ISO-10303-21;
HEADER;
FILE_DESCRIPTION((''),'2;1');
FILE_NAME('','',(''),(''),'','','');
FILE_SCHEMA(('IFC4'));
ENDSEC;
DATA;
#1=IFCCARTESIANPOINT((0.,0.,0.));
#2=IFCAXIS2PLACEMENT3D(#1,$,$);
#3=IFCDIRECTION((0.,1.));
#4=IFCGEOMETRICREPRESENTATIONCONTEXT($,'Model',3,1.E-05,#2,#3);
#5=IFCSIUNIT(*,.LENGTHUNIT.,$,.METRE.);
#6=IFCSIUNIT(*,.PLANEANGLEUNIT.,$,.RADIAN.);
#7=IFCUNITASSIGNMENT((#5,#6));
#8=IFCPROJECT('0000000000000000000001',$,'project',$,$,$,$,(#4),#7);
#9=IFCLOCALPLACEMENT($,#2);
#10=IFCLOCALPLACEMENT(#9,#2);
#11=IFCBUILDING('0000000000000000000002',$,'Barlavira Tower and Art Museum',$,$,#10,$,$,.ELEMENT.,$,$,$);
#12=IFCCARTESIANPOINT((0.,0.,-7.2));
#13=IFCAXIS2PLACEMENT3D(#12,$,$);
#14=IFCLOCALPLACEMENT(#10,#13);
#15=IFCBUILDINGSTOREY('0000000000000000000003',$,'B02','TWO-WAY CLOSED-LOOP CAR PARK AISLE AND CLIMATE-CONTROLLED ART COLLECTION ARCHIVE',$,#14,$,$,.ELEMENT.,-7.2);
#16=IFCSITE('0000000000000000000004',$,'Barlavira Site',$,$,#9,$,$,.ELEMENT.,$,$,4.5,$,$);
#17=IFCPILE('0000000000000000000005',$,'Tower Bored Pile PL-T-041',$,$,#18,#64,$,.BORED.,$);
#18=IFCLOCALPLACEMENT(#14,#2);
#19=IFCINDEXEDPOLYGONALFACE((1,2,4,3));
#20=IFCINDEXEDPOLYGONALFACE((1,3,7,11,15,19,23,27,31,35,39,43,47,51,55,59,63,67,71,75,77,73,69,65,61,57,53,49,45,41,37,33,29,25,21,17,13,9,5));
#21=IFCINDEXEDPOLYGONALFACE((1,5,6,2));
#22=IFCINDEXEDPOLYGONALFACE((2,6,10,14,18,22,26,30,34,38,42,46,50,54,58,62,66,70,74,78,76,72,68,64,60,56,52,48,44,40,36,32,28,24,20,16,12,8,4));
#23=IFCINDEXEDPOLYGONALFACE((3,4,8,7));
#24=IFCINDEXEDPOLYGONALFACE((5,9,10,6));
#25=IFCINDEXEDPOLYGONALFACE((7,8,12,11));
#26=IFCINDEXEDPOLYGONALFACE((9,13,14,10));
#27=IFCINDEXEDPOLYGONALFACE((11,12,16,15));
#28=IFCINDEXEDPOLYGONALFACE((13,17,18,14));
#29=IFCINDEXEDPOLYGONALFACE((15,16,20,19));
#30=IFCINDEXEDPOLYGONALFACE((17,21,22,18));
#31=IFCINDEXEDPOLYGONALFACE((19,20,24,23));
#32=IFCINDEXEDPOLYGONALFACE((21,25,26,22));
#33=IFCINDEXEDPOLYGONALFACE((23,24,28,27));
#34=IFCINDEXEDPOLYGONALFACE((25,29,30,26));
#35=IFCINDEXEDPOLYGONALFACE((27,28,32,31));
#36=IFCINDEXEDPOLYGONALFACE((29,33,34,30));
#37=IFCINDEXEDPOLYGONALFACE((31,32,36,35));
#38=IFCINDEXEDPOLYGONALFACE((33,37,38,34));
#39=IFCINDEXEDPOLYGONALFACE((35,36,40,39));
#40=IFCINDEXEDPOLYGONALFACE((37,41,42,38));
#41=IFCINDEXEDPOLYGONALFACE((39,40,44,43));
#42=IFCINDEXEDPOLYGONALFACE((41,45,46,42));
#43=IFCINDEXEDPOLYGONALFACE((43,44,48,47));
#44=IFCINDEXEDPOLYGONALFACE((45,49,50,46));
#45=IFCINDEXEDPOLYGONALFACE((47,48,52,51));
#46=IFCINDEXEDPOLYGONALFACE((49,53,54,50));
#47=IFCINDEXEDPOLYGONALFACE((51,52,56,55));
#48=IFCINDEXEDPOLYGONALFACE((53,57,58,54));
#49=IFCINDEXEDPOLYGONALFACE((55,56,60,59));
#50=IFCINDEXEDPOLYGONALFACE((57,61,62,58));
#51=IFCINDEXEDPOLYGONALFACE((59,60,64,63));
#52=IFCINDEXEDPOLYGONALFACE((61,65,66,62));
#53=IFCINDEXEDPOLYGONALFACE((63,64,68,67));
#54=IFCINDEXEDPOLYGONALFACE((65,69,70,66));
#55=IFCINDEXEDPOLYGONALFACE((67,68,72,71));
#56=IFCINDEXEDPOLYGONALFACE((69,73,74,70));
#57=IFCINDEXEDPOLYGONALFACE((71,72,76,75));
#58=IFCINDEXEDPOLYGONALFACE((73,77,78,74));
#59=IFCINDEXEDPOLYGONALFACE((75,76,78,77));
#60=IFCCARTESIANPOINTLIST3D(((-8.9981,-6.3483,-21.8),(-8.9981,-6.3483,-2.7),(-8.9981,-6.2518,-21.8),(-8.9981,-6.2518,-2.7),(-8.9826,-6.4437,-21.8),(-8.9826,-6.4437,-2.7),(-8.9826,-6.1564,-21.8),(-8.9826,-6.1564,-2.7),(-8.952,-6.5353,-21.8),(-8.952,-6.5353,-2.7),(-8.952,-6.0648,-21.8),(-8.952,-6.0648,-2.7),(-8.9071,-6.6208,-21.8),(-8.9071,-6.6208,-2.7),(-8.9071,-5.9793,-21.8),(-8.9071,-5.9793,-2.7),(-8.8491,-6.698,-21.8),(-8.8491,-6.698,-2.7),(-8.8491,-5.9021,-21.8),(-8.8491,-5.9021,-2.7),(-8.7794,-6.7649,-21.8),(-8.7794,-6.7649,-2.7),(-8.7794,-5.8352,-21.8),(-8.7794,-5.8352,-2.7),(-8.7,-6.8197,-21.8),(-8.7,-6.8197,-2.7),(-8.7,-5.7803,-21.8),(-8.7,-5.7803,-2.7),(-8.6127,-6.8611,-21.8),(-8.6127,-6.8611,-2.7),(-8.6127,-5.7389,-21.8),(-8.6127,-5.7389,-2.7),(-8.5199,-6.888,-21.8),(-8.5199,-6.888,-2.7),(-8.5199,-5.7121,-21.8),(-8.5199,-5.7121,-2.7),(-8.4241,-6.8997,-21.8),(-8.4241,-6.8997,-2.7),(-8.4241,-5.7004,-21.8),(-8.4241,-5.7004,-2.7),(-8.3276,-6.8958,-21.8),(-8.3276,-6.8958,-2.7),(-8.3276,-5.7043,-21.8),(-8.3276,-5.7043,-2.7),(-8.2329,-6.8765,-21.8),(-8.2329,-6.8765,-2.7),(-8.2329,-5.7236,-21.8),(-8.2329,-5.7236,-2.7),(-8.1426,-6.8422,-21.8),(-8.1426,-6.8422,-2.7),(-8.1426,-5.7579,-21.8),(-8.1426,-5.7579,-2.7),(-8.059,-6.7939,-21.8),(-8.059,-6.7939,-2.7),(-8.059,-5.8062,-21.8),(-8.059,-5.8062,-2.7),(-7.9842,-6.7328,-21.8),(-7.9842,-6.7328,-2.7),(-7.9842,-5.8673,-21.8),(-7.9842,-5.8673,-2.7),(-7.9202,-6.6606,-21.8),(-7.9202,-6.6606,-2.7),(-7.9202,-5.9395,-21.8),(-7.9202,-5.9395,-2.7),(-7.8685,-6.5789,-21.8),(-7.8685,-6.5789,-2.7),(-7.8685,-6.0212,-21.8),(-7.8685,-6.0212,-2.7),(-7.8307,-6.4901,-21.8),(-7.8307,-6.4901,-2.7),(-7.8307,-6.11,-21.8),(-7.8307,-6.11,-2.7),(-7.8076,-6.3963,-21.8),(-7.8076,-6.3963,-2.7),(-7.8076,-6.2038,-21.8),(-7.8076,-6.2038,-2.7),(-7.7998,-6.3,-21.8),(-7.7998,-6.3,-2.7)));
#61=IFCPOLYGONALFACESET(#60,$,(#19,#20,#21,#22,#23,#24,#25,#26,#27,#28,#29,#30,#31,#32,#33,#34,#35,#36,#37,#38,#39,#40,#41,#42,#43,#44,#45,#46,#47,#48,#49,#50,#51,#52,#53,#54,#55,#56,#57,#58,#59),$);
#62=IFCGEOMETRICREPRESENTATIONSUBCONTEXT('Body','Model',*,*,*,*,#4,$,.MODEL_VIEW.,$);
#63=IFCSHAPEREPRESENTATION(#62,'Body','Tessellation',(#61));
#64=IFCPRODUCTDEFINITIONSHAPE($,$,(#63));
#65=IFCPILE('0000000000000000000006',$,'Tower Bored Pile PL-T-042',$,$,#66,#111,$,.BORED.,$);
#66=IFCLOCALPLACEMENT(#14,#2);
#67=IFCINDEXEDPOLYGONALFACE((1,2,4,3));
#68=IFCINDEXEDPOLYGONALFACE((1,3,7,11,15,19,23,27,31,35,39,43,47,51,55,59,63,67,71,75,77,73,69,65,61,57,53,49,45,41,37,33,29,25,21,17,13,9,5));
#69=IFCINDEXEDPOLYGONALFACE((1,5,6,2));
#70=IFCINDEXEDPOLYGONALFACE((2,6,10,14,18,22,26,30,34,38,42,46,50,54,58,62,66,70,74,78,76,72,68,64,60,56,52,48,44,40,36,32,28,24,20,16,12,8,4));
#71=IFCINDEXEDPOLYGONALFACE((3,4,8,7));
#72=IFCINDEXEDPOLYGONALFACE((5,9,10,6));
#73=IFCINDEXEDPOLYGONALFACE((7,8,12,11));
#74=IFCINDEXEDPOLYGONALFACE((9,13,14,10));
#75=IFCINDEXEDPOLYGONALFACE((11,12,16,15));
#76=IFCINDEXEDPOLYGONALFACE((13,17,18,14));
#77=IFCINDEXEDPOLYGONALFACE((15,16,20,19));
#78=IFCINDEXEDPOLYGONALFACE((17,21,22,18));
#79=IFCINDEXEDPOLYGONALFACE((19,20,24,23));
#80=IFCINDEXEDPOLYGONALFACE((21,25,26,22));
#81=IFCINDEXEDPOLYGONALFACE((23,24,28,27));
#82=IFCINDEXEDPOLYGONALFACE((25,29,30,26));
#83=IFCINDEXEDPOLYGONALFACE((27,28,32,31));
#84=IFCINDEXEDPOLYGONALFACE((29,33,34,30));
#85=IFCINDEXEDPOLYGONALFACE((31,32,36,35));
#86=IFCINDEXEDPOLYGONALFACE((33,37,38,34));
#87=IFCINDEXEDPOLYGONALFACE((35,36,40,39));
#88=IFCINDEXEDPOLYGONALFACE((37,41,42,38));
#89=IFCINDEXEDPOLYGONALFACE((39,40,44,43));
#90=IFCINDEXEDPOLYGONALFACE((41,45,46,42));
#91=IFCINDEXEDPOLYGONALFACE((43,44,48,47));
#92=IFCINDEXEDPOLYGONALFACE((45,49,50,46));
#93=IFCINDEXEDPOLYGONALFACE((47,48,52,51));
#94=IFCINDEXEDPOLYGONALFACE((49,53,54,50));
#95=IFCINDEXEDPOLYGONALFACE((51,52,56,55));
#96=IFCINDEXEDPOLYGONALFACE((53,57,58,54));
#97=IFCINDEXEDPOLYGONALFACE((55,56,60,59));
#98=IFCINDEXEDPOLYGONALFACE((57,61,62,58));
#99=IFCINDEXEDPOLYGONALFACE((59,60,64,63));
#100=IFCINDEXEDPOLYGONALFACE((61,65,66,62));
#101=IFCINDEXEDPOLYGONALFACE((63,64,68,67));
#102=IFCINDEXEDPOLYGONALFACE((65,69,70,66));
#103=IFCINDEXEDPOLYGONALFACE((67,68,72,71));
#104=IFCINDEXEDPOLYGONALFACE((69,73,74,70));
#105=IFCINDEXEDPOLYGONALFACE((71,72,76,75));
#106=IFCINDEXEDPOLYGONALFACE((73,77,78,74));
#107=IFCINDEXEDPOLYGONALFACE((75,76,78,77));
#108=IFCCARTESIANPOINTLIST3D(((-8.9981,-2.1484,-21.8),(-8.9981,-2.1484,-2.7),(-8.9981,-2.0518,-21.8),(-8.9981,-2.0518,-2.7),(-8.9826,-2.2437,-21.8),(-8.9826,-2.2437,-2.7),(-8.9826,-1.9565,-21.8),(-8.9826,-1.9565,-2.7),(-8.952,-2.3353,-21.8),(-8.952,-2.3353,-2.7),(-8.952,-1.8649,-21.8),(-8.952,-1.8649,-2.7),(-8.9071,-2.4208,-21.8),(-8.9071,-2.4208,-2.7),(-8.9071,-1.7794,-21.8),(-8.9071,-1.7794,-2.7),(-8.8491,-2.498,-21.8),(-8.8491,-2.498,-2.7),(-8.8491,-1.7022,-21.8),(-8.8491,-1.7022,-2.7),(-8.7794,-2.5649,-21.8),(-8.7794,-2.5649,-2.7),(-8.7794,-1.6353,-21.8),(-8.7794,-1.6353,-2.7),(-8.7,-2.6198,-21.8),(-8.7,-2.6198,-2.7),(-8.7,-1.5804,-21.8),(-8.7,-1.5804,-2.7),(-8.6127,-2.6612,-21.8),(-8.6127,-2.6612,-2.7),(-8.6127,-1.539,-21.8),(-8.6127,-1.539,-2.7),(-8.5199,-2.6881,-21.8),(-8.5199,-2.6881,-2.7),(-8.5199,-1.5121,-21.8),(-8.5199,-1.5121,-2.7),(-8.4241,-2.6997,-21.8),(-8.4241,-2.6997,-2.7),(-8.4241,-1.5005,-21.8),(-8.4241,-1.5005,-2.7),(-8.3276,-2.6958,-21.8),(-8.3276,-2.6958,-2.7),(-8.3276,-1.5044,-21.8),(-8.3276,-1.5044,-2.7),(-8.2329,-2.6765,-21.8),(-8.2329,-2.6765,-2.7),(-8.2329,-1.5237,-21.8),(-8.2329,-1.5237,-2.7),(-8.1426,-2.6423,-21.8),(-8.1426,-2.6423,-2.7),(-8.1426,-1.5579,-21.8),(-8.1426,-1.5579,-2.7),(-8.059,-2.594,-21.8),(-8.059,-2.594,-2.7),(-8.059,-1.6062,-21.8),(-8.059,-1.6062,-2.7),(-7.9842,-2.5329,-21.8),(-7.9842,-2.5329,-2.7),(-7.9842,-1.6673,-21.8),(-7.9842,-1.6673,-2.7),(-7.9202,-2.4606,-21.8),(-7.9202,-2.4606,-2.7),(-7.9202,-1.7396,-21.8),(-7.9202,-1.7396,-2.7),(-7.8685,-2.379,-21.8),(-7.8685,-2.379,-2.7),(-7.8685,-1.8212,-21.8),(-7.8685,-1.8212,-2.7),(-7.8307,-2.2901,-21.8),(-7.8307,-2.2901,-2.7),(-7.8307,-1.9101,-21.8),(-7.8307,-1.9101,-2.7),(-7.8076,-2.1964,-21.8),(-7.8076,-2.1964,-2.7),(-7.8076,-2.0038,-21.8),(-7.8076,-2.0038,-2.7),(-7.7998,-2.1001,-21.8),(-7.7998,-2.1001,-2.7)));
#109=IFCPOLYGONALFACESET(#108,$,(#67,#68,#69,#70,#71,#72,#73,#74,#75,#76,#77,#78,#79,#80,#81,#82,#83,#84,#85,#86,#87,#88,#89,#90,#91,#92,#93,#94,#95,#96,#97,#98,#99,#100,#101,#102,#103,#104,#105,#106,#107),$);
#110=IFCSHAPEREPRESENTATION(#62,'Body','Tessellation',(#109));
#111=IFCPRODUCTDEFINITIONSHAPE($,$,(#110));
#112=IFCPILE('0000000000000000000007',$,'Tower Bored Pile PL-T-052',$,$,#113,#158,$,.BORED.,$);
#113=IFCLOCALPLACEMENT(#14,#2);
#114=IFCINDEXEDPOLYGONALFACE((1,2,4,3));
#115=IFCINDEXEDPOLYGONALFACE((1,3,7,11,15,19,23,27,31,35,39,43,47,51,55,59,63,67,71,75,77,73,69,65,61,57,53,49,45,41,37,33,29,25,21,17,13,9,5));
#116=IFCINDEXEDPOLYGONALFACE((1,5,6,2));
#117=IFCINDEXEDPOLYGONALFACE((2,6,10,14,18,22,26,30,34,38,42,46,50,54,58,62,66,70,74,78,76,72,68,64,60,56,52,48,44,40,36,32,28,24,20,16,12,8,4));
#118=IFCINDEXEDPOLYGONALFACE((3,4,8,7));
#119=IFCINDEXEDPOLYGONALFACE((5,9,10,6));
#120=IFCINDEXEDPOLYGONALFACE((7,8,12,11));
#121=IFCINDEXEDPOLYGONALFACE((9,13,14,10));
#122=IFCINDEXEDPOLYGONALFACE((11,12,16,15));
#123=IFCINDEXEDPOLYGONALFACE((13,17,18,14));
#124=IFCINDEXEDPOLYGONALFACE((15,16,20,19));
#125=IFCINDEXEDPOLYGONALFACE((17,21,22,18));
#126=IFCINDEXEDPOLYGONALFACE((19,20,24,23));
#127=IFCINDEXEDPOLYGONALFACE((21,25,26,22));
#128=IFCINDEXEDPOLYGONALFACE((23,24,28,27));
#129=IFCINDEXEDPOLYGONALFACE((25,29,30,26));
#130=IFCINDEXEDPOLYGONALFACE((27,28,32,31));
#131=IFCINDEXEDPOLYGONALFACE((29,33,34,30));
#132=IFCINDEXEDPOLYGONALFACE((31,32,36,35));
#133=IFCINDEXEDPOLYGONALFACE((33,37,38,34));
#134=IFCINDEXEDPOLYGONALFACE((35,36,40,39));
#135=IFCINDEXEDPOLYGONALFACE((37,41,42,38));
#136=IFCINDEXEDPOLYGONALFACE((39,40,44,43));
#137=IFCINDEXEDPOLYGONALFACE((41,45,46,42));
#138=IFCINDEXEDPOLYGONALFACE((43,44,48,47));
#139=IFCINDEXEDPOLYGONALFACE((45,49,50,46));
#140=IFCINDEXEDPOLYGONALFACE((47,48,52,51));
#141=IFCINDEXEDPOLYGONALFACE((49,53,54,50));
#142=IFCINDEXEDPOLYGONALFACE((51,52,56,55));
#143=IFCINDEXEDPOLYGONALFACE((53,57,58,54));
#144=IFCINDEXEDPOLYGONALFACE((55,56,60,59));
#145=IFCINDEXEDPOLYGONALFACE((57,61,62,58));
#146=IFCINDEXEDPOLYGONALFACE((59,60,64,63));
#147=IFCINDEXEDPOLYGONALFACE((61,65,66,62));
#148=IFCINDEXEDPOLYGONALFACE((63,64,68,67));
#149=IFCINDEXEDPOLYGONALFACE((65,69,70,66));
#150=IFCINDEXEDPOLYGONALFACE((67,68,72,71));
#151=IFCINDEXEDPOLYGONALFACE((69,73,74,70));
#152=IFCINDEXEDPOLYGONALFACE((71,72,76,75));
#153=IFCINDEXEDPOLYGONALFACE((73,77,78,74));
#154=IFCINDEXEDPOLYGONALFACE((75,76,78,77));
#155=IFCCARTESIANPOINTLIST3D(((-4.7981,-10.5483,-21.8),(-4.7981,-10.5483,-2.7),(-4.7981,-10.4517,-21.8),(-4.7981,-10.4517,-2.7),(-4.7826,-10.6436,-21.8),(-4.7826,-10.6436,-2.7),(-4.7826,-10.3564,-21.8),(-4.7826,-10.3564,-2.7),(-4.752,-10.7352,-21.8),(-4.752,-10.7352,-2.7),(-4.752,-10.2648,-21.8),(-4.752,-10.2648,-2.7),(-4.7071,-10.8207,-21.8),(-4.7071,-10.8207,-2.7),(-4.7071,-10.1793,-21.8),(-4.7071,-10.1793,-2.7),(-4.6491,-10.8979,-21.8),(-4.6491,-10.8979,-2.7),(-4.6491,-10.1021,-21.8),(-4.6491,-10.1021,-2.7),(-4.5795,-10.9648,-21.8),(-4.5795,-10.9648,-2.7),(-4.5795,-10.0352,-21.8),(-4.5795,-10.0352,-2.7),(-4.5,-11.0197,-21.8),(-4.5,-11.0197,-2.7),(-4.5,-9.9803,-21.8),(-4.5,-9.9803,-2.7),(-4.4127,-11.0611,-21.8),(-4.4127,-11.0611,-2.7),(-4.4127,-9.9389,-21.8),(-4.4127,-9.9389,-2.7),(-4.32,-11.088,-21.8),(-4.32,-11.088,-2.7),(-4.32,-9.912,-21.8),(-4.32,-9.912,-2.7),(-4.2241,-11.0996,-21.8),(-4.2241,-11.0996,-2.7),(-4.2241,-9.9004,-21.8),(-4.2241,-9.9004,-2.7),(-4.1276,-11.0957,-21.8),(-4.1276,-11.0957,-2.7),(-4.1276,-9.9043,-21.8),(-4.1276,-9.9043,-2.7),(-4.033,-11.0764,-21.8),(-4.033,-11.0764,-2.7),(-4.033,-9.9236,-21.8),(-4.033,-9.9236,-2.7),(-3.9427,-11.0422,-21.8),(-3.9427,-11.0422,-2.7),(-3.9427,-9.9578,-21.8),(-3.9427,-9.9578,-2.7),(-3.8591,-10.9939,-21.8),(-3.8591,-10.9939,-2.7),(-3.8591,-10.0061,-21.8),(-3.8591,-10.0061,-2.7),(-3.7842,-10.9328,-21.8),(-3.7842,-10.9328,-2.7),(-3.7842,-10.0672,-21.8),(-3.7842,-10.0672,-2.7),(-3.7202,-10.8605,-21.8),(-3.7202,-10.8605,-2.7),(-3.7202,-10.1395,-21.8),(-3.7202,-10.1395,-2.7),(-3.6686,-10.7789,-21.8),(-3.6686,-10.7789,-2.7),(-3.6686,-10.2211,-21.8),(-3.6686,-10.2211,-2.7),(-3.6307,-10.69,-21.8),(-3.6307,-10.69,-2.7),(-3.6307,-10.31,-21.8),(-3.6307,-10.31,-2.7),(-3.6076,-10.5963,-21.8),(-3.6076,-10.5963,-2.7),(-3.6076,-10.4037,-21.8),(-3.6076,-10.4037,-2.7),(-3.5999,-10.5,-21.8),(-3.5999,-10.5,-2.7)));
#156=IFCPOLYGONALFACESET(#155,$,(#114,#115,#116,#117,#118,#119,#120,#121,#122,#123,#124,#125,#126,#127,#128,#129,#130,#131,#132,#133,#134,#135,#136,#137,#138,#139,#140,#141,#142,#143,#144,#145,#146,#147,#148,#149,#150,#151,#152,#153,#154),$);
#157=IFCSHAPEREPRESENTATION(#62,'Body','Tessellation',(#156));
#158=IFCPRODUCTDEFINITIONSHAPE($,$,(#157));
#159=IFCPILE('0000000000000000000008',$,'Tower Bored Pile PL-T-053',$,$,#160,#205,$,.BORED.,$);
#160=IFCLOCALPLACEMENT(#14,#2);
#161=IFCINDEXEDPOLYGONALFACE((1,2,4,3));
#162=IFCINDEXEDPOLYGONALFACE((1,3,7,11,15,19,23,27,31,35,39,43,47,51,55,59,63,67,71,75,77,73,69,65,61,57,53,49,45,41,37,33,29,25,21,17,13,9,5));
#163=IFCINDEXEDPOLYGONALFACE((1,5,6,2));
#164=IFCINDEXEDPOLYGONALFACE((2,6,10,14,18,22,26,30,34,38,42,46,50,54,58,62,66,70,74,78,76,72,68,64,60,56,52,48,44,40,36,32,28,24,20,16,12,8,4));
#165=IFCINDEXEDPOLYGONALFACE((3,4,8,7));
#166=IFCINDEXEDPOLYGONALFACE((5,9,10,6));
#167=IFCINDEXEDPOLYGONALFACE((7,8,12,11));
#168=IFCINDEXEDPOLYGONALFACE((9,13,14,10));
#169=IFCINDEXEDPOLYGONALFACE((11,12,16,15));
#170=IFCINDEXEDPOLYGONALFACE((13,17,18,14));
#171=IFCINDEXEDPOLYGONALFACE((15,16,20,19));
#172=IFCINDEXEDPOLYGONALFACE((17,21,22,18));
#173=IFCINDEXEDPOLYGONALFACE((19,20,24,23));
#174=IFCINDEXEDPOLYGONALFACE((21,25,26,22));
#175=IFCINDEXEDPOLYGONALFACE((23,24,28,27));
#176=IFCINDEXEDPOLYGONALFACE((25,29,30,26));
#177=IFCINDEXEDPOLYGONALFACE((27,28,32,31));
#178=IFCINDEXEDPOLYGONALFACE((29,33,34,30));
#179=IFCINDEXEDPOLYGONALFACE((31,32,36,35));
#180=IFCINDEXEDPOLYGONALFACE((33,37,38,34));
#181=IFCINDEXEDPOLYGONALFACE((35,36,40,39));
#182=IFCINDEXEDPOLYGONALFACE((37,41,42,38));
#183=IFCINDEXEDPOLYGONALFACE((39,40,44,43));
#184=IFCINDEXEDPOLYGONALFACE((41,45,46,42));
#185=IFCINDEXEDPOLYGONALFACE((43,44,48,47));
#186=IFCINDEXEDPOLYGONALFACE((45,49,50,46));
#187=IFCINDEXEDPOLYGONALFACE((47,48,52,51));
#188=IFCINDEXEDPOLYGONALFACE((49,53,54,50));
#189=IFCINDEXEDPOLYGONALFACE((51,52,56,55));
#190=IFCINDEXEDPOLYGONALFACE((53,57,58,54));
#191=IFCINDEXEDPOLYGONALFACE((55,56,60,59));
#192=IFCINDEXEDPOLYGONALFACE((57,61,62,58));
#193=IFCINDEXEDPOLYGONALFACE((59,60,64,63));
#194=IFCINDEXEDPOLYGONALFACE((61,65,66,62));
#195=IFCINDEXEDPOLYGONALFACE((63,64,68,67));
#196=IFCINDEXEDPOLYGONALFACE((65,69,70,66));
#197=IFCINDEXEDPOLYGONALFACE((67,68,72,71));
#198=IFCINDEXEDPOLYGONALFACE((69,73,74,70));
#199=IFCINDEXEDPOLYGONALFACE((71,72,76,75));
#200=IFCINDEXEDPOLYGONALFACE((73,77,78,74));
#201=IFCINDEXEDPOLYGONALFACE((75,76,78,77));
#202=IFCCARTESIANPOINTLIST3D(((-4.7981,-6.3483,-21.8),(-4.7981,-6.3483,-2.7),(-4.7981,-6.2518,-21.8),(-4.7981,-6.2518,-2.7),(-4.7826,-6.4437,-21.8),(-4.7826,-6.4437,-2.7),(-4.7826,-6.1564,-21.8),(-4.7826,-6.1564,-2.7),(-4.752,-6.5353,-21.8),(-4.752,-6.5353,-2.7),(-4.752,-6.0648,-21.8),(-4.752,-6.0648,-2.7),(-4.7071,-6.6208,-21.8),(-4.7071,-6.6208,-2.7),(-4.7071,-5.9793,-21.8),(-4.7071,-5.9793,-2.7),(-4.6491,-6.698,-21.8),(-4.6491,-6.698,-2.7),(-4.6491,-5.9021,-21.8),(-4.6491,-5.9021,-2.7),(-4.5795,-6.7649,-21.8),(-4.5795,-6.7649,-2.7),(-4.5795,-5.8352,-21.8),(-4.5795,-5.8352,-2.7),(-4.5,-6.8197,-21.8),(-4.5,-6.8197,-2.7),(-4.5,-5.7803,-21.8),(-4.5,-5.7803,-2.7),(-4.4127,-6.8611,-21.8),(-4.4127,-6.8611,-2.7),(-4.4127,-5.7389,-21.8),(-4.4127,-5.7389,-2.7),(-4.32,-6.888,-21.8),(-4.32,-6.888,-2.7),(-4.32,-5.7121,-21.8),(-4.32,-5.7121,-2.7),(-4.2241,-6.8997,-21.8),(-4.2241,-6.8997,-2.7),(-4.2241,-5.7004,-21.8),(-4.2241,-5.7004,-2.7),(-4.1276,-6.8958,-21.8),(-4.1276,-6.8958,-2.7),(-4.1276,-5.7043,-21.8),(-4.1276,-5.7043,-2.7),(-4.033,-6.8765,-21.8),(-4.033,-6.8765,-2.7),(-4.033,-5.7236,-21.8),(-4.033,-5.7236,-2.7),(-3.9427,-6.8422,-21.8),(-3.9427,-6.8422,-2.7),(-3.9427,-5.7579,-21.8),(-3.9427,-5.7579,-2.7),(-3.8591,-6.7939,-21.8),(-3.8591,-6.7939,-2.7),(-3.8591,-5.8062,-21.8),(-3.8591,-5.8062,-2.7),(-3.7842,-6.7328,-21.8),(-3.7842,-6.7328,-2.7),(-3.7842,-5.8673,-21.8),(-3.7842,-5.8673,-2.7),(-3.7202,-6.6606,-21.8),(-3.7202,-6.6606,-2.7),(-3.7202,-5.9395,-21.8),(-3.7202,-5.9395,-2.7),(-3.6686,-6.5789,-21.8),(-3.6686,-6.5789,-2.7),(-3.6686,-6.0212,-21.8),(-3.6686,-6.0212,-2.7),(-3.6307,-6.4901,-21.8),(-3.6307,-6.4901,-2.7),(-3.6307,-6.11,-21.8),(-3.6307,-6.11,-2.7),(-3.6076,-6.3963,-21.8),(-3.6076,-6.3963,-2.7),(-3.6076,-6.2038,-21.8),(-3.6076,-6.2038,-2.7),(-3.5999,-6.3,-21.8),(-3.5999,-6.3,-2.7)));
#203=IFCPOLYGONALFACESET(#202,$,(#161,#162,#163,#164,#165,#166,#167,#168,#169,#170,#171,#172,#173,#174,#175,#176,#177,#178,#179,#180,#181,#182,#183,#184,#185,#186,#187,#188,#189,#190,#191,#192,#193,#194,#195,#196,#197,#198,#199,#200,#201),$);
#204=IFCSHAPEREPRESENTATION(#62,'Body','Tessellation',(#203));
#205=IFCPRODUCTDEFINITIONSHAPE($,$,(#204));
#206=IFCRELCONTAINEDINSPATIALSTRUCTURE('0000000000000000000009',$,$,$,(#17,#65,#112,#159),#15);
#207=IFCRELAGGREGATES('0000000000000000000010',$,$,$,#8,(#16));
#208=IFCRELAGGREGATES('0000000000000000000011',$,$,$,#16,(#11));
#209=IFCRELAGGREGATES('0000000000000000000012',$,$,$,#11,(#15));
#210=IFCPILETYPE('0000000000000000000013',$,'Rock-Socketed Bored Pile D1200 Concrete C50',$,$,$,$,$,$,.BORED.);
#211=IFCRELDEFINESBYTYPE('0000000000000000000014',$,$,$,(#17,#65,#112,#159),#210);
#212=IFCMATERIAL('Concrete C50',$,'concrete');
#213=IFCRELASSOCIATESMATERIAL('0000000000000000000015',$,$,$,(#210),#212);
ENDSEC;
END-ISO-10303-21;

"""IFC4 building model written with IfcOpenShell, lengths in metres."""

from ifc_helpers import new_model, si_unit, direction, frame, origin, origin_2d, place, context, subcontext, project, spatial, circle, extrude, material, material_profile, profile_set, type_object, element, save


model = new_model("IFC4")

# Units and contexts
model_context = context("Model", 3, precision=1e-05, world=origin(), true_north=direction((0.0, 1.0)))
body_context = subcontext(model_context, "Body", "Model", "MODEL_VIEW")
ifc_project = project(units=[si_unit("LENGTHUNIT", "METRE"), si_unit("PLANEANGLEUNIT", "RADIAN")], contexts=[model_context])

# Site, building, storey
site_placement = place(None, origin())
site = spatial("IfcSite", under=ifc_project, at=site_placement, Name="Barlavira Site", CompositionType="ELEMENT", RefElevation=4.5)
building_placement = place(site_placement, origin())
building = spatial("IfcBuilding", under=site, at=building_placement, Name="Barlavira Tower and Art Museum", CompositionType="ELEMENT")
storey_placement = place(building_placement, frame((0.0, 0.0, -7.2)))
storey = spatial("IfcBuildingStorey", under=building, at=storey_placement, Name="B02", Description="TWO-WAY CLOSED-LOOP CAR PARK AISLE AND CLIMATE-CONTROLLED ART COLLECTION ARCHIVE", CompositionType="ELEMENT", Elevation=-7.2)

# Piles
ifc_material_1 = material(Name="Concrete C50", Category="concrete")
ifc_material_profile_1 = material_profile(ifc_material_1, circle(Radius=0.6001, at=origin_2d()), Name="BORED PILE D1200")
ifc_profile_set_1 = profile_set([ifc_material_profile_1], Name="Concrete C50")
pile_type = type_object("IfcPileType", Name="Rock-Socketed Bored Pile D1200 Concrete C50", PredefinedType="BORED", material=ifc_profile_set_1)
for number, where, z_axis, x_axis, name in (
    (1, (-8.3999, -6.3, -2.7), (0.0, 0.0, -1.0), (1.0, 0.0, 0.0), "Tower Bored Pile PL-T-041"),
    (2, (-8.3999, -2.1001, -2.7), (0.0, 0.0, -1.0), (1.0, 0.0, 0.0), "Tower Bored Pile PL-T-042"),
    (3, (-4.2, -10.5, -2.7), (0.0, 0.0, -1.0), (1.0, 0.0, 0.0), "Tower Bored Pile PL-T-052"),
    (4, (-4.2, -6.3, -2.7), (0.0, 0.0, -1.0), (1.0, 0.0, 0.0), "Tower Bored Pile PL-T-053"),
):
    element("IfcPile", number, at=place(storey_placement, frame(where, z_axis=z_axis, x_axis=x_axis)), inside=storey, type_object=pile_type, Name=name, PredefinedType="BORED", context=body_context, shape_type="SweptSolid", body=[
        extrude(circle(Radius=0.6001, at=origin_2d()), origin(), (0.0, 0.0, 1.0), 19.1001),
    ])

save(model, "model.ifc")
